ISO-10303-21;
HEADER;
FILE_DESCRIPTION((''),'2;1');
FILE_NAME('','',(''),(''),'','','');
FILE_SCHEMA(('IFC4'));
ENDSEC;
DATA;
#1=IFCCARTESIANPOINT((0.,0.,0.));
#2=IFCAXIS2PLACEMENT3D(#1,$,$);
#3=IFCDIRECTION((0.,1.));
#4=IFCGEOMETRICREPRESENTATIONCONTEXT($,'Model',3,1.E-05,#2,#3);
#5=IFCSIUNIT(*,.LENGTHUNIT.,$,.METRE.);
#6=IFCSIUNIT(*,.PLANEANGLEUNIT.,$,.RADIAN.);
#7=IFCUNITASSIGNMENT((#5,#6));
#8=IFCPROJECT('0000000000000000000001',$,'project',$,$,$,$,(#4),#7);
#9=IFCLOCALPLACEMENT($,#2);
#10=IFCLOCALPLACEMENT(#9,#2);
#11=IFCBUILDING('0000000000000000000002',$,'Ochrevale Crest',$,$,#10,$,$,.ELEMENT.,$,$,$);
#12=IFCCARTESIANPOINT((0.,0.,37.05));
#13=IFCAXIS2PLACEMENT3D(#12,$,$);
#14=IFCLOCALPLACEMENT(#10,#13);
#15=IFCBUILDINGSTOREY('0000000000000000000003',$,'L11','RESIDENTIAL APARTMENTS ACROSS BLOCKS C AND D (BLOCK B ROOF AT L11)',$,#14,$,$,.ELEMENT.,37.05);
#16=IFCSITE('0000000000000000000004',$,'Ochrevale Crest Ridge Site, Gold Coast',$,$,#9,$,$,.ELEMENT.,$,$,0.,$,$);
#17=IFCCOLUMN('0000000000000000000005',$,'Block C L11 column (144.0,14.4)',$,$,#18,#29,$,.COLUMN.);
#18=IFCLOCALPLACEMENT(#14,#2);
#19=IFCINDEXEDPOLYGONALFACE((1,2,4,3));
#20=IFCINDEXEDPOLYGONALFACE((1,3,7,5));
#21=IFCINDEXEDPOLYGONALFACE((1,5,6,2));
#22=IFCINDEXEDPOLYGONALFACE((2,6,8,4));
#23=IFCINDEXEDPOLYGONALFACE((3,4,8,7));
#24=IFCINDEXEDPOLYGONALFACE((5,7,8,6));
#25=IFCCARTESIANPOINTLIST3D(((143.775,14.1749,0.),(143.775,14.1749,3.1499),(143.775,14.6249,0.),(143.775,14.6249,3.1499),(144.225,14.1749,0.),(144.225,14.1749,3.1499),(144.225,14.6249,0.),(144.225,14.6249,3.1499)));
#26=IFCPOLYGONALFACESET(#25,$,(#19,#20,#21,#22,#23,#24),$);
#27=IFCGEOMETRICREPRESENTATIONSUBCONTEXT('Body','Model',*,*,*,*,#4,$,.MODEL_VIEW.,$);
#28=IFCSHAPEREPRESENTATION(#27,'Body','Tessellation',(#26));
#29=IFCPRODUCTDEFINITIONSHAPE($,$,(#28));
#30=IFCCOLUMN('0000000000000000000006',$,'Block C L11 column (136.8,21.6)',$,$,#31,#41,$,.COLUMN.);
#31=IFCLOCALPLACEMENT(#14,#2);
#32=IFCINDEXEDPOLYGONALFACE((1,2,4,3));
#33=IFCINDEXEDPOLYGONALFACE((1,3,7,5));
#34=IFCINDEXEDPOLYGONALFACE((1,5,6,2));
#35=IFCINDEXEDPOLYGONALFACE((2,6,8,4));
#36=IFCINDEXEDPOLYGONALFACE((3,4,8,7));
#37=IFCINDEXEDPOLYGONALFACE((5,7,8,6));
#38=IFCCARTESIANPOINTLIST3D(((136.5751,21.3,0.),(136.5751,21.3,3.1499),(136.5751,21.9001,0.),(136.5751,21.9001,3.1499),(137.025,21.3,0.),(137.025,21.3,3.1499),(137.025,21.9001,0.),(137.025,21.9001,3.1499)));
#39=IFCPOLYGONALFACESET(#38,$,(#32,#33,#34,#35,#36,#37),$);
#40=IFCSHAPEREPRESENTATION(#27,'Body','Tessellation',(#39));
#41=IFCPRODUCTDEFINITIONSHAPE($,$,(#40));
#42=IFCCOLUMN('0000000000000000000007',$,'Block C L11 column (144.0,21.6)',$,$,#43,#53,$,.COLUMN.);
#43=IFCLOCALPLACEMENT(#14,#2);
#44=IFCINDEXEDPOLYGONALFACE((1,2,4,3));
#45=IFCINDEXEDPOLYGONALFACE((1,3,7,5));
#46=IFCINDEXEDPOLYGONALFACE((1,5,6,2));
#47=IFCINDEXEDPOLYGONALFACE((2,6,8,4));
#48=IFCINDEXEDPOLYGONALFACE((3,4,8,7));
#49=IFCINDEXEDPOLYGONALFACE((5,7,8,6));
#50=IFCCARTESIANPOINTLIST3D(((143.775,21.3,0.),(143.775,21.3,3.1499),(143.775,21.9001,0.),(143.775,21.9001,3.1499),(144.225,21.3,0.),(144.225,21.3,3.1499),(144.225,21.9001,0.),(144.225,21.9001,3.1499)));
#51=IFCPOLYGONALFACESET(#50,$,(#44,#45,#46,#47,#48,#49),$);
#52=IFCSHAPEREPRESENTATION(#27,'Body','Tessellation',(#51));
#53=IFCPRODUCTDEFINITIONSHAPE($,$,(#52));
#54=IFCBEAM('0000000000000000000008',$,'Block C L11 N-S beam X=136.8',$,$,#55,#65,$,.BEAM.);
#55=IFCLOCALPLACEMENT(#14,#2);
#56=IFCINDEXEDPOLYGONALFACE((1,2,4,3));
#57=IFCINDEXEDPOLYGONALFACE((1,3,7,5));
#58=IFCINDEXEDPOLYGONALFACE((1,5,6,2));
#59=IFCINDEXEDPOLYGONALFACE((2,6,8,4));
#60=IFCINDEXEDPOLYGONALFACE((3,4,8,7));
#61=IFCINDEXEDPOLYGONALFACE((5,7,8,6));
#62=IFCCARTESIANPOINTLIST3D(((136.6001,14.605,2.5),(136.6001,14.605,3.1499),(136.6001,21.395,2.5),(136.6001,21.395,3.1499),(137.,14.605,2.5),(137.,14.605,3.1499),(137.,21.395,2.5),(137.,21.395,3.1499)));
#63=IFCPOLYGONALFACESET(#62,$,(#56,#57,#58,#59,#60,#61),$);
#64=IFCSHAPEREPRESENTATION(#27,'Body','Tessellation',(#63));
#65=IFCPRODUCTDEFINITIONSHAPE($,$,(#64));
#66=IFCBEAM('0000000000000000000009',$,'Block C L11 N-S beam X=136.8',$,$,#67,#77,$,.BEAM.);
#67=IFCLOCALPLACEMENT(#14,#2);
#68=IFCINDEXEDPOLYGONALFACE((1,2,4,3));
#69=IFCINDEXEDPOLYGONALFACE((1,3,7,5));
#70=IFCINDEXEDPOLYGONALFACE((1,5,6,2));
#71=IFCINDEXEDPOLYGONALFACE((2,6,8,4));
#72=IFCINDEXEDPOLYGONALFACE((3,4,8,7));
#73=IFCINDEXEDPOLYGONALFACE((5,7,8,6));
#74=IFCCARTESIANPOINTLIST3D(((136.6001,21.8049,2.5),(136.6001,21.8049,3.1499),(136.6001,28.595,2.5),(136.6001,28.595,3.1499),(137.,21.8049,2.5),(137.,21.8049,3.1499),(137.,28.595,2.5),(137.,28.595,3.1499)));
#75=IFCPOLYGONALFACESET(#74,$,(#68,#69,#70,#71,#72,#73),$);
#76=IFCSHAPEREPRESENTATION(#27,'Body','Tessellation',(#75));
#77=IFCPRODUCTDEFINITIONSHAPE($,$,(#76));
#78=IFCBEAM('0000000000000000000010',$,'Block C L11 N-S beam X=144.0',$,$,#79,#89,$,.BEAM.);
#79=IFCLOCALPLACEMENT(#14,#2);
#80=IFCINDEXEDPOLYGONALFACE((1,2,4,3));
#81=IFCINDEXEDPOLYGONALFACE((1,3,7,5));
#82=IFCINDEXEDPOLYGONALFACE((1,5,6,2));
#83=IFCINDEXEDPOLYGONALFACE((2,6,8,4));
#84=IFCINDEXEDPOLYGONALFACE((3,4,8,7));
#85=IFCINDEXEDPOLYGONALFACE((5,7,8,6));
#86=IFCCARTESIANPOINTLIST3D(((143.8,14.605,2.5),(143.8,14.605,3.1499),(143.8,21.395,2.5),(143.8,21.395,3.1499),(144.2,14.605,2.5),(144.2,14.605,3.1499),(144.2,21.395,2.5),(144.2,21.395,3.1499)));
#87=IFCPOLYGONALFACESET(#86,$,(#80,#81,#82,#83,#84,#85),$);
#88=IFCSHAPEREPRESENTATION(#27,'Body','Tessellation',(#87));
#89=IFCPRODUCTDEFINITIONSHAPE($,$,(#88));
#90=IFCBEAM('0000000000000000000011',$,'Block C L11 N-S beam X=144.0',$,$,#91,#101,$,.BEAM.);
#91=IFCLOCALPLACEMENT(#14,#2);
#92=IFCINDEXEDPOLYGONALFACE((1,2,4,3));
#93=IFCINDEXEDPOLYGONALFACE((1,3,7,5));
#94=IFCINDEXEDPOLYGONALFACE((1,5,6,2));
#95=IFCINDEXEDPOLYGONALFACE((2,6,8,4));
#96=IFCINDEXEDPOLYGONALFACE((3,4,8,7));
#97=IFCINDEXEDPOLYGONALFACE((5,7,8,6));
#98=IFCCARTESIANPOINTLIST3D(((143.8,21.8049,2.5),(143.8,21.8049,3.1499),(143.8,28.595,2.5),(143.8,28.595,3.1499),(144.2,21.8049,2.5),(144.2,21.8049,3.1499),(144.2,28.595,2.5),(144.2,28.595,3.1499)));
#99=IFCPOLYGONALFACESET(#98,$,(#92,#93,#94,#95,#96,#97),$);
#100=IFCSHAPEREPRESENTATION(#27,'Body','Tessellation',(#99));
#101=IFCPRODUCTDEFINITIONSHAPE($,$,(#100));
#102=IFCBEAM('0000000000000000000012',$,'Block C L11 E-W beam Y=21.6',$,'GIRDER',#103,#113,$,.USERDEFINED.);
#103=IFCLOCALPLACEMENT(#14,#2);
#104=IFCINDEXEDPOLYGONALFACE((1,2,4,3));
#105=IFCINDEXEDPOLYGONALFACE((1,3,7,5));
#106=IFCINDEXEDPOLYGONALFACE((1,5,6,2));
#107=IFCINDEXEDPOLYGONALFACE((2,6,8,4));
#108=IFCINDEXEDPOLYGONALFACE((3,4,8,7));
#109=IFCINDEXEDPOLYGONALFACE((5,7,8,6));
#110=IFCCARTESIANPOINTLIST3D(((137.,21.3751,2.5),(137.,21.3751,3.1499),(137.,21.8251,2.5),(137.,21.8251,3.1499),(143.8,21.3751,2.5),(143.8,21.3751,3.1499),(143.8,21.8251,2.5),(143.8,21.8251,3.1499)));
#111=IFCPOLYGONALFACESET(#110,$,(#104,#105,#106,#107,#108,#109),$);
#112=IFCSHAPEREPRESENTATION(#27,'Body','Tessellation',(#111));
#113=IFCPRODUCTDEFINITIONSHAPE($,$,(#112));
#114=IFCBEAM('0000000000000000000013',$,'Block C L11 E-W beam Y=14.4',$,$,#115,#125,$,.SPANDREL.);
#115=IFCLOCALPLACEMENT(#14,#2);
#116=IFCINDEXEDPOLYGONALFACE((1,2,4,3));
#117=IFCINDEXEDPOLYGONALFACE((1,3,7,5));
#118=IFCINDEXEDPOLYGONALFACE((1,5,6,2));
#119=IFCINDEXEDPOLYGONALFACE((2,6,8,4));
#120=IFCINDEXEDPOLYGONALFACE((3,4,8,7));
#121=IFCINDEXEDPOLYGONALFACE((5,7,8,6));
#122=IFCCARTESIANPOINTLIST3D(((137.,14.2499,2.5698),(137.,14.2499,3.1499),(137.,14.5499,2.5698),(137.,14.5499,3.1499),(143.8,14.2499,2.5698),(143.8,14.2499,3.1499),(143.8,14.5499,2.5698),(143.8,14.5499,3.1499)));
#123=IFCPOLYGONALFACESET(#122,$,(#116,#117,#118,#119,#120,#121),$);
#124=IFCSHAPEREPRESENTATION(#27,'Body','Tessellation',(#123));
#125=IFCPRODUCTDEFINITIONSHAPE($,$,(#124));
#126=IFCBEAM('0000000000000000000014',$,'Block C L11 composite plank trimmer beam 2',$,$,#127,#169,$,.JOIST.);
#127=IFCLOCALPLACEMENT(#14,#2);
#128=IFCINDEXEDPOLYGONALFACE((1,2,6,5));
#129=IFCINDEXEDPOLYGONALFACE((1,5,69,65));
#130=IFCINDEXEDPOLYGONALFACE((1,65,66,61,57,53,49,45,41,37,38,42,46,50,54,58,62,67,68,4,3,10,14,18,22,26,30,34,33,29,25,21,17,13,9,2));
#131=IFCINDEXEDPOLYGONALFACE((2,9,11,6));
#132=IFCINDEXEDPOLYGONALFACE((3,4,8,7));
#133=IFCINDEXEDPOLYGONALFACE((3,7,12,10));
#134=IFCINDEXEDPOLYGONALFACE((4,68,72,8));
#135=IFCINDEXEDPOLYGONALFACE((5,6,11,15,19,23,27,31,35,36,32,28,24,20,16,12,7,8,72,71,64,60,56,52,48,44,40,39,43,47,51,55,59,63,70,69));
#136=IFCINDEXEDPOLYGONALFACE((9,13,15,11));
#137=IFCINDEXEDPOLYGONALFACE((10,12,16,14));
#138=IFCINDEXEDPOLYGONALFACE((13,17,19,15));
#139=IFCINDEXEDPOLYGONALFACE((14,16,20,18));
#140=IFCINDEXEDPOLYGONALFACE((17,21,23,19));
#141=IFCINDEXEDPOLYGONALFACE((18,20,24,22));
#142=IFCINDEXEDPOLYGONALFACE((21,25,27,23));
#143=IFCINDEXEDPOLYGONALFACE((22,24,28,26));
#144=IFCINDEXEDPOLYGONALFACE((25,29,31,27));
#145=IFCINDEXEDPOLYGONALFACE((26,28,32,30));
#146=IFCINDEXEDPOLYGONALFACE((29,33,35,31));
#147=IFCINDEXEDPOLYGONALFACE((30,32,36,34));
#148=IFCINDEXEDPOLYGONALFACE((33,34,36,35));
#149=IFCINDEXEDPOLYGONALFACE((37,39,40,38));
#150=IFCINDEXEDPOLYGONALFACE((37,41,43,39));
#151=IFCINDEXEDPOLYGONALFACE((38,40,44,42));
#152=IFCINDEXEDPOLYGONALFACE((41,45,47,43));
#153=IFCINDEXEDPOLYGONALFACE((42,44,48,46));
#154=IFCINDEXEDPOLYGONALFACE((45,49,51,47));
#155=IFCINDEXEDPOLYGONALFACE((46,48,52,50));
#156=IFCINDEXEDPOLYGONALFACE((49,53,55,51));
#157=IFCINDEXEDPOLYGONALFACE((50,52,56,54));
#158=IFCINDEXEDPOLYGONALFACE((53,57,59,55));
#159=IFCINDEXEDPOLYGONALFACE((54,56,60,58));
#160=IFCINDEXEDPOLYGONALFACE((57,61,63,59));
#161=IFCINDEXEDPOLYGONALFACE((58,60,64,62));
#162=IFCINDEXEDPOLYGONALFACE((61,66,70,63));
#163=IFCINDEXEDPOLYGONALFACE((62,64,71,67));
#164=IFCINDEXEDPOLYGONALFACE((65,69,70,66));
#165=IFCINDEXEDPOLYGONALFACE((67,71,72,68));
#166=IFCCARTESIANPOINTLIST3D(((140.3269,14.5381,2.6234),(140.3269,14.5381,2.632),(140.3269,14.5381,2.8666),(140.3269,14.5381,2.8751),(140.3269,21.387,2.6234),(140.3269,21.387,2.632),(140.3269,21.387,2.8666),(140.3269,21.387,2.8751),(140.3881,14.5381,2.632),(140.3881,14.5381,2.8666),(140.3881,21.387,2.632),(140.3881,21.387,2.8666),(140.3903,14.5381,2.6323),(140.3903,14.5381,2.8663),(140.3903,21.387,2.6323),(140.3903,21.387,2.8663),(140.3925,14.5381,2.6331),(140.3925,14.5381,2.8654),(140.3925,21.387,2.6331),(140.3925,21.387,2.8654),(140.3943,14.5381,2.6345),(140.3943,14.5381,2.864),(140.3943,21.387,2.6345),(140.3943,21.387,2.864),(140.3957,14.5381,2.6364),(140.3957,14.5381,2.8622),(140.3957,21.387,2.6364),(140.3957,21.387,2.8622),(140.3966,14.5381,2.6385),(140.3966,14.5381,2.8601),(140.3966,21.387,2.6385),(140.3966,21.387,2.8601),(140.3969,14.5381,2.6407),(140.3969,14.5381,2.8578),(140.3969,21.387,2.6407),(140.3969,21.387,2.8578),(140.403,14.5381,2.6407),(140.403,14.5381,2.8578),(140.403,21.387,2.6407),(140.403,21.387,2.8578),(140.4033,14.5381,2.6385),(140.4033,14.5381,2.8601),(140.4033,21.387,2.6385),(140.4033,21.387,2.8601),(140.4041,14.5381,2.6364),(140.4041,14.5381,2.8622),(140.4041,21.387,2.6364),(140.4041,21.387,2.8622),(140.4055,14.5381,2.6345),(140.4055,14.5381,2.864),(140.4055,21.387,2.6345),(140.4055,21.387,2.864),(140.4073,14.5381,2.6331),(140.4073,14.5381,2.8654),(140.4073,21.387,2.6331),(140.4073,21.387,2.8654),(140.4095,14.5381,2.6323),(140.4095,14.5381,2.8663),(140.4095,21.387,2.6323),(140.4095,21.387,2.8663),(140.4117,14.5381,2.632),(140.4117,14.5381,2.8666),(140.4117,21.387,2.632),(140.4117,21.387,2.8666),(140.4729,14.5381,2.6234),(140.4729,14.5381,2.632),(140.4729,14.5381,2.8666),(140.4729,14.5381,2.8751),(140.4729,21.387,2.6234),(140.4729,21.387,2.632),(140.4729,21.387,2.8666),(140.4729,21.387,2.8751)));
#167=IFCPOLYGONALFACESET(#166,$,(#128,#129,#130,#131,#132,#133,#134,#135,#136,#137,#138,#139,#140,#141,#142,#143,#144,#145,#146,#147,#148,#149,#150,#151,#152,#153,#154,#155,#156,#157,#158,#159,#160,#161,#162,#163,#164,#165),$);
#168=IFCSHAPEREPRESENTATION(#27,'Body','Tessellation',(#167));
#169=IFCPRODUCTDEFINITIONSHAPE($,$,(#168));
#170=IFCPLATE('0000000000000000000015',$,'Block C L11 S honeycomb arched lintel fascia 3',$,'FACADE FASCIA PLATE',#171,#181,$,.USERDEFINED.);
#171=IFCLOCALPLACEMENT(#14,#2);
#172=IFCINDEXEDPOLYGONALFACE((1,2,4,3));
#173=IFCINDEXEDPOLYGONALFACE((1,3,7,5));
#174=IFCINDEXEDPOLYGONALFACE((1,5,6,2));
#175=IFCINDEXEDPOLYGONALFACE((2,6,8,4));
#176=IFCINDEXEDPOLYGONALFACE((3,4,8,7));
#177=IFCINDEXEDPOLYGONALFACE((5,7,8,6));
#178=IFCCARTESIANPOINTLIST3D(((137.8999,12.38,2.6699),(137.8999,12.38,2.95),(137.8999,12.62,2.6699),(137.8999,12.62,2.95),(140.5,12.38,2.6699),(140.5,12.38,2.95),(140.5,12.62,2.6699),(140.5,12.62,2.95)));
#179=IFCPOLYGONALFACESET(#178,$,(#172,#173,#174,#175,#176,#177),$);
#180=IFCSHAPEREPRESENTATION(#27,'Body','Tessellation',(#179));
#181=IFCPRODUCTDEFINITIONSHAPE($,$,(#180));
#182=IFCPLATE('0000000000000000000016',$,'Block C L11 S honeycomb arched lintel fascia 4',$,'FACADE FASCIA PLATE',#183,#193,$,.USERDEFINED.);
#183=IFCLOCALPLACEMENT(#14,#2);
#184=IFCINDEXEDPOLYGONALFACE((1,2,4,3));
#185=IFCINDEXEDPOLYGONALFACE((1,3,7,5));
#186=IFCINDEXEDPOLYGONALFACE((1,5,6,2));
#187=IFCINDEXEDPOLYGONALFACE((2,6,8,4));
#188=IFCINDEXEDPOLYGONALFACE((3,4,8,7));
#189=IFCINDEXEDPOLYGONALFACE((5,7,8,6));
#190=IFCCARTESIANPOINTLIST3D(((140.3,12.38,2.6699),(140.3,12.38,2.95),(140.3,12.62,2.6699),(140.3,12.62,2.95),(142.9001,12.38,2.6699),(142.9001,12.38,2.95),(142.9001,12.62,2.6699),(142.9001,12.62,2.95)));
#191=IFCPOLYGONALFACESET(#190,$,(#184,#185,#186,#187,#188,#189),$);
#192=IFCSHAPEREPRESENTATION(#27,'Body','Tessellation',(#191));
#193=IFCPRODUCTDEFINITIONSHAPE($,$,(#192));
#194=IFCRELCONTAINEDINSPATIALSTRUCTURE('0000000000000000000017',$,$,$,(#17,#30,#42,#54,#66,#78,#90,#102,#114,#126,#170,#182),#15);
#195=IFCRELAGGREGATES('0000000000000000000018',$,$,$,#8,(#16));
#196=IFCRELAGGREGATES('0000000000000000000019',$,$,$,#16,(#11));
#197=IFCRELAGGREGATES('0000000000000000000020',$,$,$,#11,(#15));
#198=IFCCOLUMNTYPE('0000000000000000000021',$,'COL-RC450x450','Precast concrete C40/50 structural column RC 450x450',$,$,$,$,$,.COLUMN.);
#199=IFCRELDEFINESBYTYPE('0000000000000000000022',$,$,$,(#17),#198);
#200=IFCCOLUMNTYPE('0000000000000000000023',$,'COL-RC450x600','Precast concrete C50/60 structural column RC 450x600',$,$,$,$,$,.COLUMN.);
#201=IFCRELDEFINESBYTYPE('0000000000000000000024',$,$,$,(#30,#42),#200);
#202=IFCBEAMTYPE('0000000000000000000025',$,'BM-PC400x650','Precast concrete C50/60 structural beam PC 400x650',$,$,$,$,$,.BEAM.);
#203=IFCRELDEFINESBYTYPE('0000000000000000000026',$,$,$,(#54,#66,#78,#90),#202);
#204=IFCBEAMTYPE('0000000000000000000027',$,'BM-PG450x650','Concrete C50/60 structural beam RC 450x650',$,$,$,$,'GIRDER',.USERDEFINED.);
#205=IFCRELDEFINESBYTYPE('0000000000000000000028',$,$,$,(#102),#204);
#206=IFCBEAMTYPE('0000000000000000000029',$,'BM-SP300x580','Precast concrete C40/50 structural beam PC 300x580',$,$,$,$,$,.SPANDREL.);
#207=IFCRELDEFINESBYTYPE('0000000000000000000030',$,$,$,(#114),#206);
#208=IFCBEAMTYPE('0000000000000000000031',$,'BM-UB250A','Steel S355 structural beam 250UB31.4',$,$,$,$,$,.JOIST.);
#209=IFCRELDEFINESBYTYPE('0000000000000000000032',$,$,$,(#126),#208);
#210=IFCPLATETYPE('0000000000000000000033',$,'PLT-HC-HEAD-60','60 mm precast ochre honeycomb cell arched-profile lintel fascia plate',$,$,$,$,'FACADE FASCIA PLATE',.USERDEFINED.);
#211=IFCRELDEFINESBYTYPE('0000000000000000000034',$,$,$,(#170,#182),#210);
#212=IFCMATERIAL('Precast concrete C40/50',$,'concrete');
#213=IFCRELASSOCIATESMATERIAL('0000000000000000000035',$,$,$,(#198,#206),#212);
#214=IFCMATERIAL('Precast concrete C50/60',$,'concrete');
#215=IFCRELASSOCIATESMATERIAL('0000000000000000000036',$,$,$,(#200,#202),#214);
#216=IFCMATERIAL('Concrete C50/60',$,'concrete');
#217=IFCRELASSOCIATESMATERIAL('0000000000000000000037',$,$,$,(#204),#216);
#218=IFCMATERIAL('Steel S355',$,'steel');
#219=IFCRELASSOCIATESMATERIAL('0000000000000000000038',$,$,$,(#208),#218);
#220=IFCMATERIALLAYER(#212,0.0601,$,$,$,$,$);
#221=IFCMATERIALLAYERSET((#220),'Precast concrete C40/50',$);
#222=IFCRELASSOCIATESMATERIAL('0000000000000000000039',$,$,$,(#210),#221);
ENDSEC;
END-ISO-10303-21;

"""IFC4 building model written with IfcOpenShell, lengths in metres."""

from ifc_helpers import new_model, si_unit, direction, frame, origin, origin_2d, place, context, subcontext, project, spatial, rectangle, i_section, extrude, material, layer, layer_set, material_profile, profile_set, type_object, element, save


model = new_model("IFC4")

# Units and contexts
model_context = context("Model", 3, precision=1e-05, world=origin(), true_north=direction((0.0, 1.0)))
body_context = subcontext(model_context, "Body", "Model", "MODEL_VIEW")
ifc_project = project(units=[si_unit("LENGTHUNIT", "METRE"), si_unit("PLANEANGLEUNIT", "RADIAN")], contexts=[model_context])

# Site, building, storey
site_placement = place(None, origin())
site = spatial("IfcSite", under=ifc_project, at=site_placement, Name="Ochrevale Crest Ridge Site, Gold Coast", CompositionType="ELEMENT", RefElevation=0.0)
building_placement = place(site_placement, origin())
building = spatial("IfcBuilding", under=site, at=building_placement, Name="Ochrevale Crest", CompositionType="ELEMENT")
storey_placement = place(building_placement, frame((0.0, 0.0, 37.05)))
storey = spatial("IfcBuildingStorey", under=building, at=storey_placement, Name="L11", Description="RESIDENTIAL APARTMENTS ACROSS BLOCKS C AND D (BLOCK B ROOF AT L11)", CompositionType="ELEMENT", Elevation=37.05)

# Columns
ifc_material_1 = material(Name="Precast concrete C40/50", Category="concrete")
ifc_material_profile_1 = material_profile(ifc_material_1, rectangle(XDim=0.45, YDim=0.45, at=origin_2d()), Name="RC 450x450")
ifc_profile_set_1 = profile_set([ifc_material_profile_1], Name="Precast concrete C40/50")
column_type_1 = type_object("IfcColumnType", Name="COL-RC450x450", Description="Precast concrete C40/50 structural column RC 450x450", PredefinedType="COLUMN", material=ifc_profile_set_1)
column_placement = place(storey_placement, frame((144.0, 14.3999, 0.0), z_axis=(0.0, 0.0, 1.0), x_axis=(1.0, 0.0, 0.0)))
element("IfcColumn", 1, at=column_placement, inside=storey, type_object=column_type_1, Name="Block C L11 column (144.0,14.4)", PredefinedType="COLUMN", context=body_context, shape_type="SweptSolid", body=[
    extrude(rectangle(XDim=0.45, YDim=0.45, at=origin_2d()), origin(), (0.0, 0.0, 1.0), 3.1499),
])
ifc_material_2 = material(Name="Precast concrete C50/60", Category="concrete")
ifc_material_profile_2 = material_profile(ifc_material_2, rectangle(XDim=0.45, YDim=0.6001, at=origin_2d()), Name="RC 450x600")
ifc_profile_set_2 = profile_set([ifc_material_profile_2], Name="Precast concrete C50/60")
column_type_2 = type_object("IfcColumnType", Name="COL-RC450x600", Description="Precast concrete C50/60 structural column RC 450x600", PredefinedType="COLUMN", material=ifc_profile_set_2)
for number, where, z_axis, x_axis, name in (
    (2, (136.8, 21.6001, 0.0), (0.0, 0.0, 1.0), (1.0, 0.0, 0.0), "Block C L11 column (136.8,21.6)"),
    (3, (144.0, 21.6001, 0.0), (0.0, 0.0, 1.0), (1.0, 0.0, 0.0), "Block C L11 column (144.0,21.6)"),
):
    element("IfcColumn", number, at=place(storey_placement, frame(where, z_axis=z_axis, x_axis=x_axis)), inside=storey, type_object=column_type_2, Name=name, PredefinedType="COLUMN", context=body_context, shape_type="SweptSolid", body=[
        extrude(rectangle(XDim=0.45, YDim=0.6001, at=origin_2d()), origin(), (0.0, 0.0, 1.0), 3.1499),
    ])

# Beams
ifc_material_profile_3 = material_profile(ifc_material_2, rectangle(XDim=0.3999, YDim=0.6499, at=origin_2d()), Name="PC 400x650")
ifc_profile_set_3 = profile_set([ifc_material_profile_3], Name="Precast concrete C50/60")
beam_type_1 = type_object("IfcBeamType", Name="BM-PC400x650", Description="Precast concrete C50/60 structural beam PC 400x650", PredefinedType="BEAM", material=ifc_profile_set_3)
for number, where, z_axis, x_axis, name in (
    (4, (136.8, 14.605, 2.825), (0.0, 1.0, 0.0), (-1.0, 0.0, 0.0), "Block C L11 N-S beam X=136.8"),
    (5, (136.8, 21.8049, 2.825), (0.0, 1.0, 0.0), (-1.0, 0.0, 0.0), "Block C L11 N-S beam X=136.8"),
    (6, (144.0, 14.605, 2.825), (0.0, 1.0, 0.0), (-1.0, 0.0, 0.0), "Block C L11 N-S beam X=144.0"),
    (7, (144.0, 21.8049, 2.825), (0.0, 1.0, 0.0), (-1.0, 0.0, 0.0), "Block C L11 N-S beam X=144.0"),
):
    element("IfcBeam", number, at=place(storey_placement, frame(where, z_axis=z_axis, x_axis=x_axis)), inside=storey, type_object=beam_type_1, Name=name, PredefinedType="BEAM", context=body_context, shape_type="SweptSolid", body=[
        extrude(rectangle(XDim=0.3999, YDim=0.6499, at=origin_2d()), origin(), (0.0, 0.0, 1.0), 6.79),
    ])
ifc_material_3 = material(Name="Concrete C50/60", Category="concrete")
ifc_material_profile_4 = material_profile(ifc_material_3, rectangle(XDim=0.45, YDim=0.6499, at=origin_2d()), Name="RC 450x650")
ifc_profile_set_4 = profile_set([ifc_material_profile_4], Name="Concrete C50/60")
beam_type_2 = type_object("IfcBeamType", Name="BM-PG450x650", Description="Concrete C50/60 structural beam RC 450x650", ElementType="GIRDER", PredefinedType="USERDEFINED", material=ifc_profile_set_4)
beam_1_placement = place(storey_placement, frame((137.0, 21.6001, 2.825), z_axis=(1.0, 0.0, 0.0), x_axis=(0.0, 1.0, 0.0)))
element("IfcBeam", 8, at=beam_1_placement, inside=storey, type_object=beam_type_2, Name="Block C L11 E-W beam Y=21.6", ObjectType="GIRDER", PredefinedType="USERDEFINED", context=body_context, shape_type="SweptSolid", body=[
    extrude(rectangle(XDim=0.45, YDim=0.6499, at=origin_2d()), origin(), (0.0, 0.0, 1.0), 6.8),
])
ifc_material_profile_5 = material_profile(ifc_material_1, rectangle(XDim=0.3, YDim=0.5801, at=origin_2d()), Name="PC 300x580")
ifc_profile_set_5 = profile_set([ifc_material_profile_5], Name="Precast concrete C40/50")
beam_type_3 = type_object("IfcBeamType", Name="BM-SP300x580", Description="Precast concrete C40/50 structural beam PC 300x580", PredefinedType="SPANDREL", material=ifc_profile_set_5)
beam_2_placement = place(storey_placement, frame((137.0, 14.3999, 2.8599), z_axis=(1.0, 0.0, 0.0), x_axis=(0.0, 1.0, 0.0)))
element("IfcBeam", 9, at=beam_2_placement, inside=storey, type_object=beam_type_3, Name="Block C L11 E-W beam Y=14.4", PredefinedType="SPANDREL", context=body_context, shape_type="SweptSolid", body=[
    extrude(rectangle(XDim=0.3, YDim=0.5801, at=origin_2d()), origin(), (0.0, 0.0, 1.0), 6.8),
])
ifc_material_4 = material(Name="Steel S355", Category="steel")
ifc_material_profile_6 = material_profile(ifc_material_4, i_section(OverallWidth=0.146, OverallDepth=0.2517, WebThickness=0.0061, FlangeThickness=0.0085, FilletRadius=0.0088, at=origin_2d()), Name="250UB31.4")
ifc_profile_set_6 = profile_set([ifc_material_profile_6], Name="Steel S355")
beam_type_4 = type_object("IfcBeamType", Name="BM-UB250A", Description="Steel S355 structural beam 250UB31.4", PredefinedType="JOIST", material=ifc_profile_set_6)
beam_3_placement = place(storey_placement, frame((140.3999, 14.5381, 2.7493), z_axis=(0.0, 1.0, 0.0), x_axis=(-1.0, 0.0, 0.0)))
element("IfcBeam", 10, at=beam_3_placement, inside=storey, type_object=beam_type_4, Name="Block C L11 composite plank trimmer beam 2", PredefinedType="JOIST", context=body_context, shape_type="SweptSolid", body=[
    extrude(i_section(OverallWidth=0.146, OverallDepth=0.2517, WebThickness=0.0061, FlangeThickness=0.0085, FilletRadius=0.0088, at=origin_2d()), origin(), (0.0, 0.0, 1.0), 6.8489),
])

# Plates
ifc_layer_1 = layer(ifc_material_1, 0.0601)
ifc_layer_set_1 = layer_set([ifc_layer_1], Name="Precast concrete C40/50")
plate_type_1 = type_object("IfcPlateType", Name="PLT-HC-HEAD-60", Description="60 mm precast ochre honeycomb cell arched-profile lintel fascia plate", ElementType="FACADE FASCIA PLATE", PredefinedType="USERDEFINED", material=ifc_layer_set_1)
for number, where, z_axis, x_axis, name in (
    (11, (139.2, 12.5, 2.6699), (0.0, 0.0, 1.0), (1.0, 0.0, 0.0), "Block C L11 S honeycomb arched lintel fascia 3"),
    (12, (141.6001, 12.5, 2.6699), (0.0, 0.0, 1.0), (1.0, 0.0, 0.0), "Block C L11 S honeycomb arched lintel fascia 4"),
):
    element("IfcPlate", number, at=place(storey_placement, frame(where, z_axis=z_axis, x_axis=x_axis)), inside=storey, type_object=plate_type_1, Name=name, ObjectType="FACADE FASCIA PLATE", PredefinedType="USERDEFINED", context=body_context, shape_type="SweptSolid", body=[
        extrude(rectangle(XDim=2.6001, YDim=0.24, at=origin_2d()), origin(), (0.0, 0.0, 1.0), 0.28),
    ])

save(model, "model.ifc")
